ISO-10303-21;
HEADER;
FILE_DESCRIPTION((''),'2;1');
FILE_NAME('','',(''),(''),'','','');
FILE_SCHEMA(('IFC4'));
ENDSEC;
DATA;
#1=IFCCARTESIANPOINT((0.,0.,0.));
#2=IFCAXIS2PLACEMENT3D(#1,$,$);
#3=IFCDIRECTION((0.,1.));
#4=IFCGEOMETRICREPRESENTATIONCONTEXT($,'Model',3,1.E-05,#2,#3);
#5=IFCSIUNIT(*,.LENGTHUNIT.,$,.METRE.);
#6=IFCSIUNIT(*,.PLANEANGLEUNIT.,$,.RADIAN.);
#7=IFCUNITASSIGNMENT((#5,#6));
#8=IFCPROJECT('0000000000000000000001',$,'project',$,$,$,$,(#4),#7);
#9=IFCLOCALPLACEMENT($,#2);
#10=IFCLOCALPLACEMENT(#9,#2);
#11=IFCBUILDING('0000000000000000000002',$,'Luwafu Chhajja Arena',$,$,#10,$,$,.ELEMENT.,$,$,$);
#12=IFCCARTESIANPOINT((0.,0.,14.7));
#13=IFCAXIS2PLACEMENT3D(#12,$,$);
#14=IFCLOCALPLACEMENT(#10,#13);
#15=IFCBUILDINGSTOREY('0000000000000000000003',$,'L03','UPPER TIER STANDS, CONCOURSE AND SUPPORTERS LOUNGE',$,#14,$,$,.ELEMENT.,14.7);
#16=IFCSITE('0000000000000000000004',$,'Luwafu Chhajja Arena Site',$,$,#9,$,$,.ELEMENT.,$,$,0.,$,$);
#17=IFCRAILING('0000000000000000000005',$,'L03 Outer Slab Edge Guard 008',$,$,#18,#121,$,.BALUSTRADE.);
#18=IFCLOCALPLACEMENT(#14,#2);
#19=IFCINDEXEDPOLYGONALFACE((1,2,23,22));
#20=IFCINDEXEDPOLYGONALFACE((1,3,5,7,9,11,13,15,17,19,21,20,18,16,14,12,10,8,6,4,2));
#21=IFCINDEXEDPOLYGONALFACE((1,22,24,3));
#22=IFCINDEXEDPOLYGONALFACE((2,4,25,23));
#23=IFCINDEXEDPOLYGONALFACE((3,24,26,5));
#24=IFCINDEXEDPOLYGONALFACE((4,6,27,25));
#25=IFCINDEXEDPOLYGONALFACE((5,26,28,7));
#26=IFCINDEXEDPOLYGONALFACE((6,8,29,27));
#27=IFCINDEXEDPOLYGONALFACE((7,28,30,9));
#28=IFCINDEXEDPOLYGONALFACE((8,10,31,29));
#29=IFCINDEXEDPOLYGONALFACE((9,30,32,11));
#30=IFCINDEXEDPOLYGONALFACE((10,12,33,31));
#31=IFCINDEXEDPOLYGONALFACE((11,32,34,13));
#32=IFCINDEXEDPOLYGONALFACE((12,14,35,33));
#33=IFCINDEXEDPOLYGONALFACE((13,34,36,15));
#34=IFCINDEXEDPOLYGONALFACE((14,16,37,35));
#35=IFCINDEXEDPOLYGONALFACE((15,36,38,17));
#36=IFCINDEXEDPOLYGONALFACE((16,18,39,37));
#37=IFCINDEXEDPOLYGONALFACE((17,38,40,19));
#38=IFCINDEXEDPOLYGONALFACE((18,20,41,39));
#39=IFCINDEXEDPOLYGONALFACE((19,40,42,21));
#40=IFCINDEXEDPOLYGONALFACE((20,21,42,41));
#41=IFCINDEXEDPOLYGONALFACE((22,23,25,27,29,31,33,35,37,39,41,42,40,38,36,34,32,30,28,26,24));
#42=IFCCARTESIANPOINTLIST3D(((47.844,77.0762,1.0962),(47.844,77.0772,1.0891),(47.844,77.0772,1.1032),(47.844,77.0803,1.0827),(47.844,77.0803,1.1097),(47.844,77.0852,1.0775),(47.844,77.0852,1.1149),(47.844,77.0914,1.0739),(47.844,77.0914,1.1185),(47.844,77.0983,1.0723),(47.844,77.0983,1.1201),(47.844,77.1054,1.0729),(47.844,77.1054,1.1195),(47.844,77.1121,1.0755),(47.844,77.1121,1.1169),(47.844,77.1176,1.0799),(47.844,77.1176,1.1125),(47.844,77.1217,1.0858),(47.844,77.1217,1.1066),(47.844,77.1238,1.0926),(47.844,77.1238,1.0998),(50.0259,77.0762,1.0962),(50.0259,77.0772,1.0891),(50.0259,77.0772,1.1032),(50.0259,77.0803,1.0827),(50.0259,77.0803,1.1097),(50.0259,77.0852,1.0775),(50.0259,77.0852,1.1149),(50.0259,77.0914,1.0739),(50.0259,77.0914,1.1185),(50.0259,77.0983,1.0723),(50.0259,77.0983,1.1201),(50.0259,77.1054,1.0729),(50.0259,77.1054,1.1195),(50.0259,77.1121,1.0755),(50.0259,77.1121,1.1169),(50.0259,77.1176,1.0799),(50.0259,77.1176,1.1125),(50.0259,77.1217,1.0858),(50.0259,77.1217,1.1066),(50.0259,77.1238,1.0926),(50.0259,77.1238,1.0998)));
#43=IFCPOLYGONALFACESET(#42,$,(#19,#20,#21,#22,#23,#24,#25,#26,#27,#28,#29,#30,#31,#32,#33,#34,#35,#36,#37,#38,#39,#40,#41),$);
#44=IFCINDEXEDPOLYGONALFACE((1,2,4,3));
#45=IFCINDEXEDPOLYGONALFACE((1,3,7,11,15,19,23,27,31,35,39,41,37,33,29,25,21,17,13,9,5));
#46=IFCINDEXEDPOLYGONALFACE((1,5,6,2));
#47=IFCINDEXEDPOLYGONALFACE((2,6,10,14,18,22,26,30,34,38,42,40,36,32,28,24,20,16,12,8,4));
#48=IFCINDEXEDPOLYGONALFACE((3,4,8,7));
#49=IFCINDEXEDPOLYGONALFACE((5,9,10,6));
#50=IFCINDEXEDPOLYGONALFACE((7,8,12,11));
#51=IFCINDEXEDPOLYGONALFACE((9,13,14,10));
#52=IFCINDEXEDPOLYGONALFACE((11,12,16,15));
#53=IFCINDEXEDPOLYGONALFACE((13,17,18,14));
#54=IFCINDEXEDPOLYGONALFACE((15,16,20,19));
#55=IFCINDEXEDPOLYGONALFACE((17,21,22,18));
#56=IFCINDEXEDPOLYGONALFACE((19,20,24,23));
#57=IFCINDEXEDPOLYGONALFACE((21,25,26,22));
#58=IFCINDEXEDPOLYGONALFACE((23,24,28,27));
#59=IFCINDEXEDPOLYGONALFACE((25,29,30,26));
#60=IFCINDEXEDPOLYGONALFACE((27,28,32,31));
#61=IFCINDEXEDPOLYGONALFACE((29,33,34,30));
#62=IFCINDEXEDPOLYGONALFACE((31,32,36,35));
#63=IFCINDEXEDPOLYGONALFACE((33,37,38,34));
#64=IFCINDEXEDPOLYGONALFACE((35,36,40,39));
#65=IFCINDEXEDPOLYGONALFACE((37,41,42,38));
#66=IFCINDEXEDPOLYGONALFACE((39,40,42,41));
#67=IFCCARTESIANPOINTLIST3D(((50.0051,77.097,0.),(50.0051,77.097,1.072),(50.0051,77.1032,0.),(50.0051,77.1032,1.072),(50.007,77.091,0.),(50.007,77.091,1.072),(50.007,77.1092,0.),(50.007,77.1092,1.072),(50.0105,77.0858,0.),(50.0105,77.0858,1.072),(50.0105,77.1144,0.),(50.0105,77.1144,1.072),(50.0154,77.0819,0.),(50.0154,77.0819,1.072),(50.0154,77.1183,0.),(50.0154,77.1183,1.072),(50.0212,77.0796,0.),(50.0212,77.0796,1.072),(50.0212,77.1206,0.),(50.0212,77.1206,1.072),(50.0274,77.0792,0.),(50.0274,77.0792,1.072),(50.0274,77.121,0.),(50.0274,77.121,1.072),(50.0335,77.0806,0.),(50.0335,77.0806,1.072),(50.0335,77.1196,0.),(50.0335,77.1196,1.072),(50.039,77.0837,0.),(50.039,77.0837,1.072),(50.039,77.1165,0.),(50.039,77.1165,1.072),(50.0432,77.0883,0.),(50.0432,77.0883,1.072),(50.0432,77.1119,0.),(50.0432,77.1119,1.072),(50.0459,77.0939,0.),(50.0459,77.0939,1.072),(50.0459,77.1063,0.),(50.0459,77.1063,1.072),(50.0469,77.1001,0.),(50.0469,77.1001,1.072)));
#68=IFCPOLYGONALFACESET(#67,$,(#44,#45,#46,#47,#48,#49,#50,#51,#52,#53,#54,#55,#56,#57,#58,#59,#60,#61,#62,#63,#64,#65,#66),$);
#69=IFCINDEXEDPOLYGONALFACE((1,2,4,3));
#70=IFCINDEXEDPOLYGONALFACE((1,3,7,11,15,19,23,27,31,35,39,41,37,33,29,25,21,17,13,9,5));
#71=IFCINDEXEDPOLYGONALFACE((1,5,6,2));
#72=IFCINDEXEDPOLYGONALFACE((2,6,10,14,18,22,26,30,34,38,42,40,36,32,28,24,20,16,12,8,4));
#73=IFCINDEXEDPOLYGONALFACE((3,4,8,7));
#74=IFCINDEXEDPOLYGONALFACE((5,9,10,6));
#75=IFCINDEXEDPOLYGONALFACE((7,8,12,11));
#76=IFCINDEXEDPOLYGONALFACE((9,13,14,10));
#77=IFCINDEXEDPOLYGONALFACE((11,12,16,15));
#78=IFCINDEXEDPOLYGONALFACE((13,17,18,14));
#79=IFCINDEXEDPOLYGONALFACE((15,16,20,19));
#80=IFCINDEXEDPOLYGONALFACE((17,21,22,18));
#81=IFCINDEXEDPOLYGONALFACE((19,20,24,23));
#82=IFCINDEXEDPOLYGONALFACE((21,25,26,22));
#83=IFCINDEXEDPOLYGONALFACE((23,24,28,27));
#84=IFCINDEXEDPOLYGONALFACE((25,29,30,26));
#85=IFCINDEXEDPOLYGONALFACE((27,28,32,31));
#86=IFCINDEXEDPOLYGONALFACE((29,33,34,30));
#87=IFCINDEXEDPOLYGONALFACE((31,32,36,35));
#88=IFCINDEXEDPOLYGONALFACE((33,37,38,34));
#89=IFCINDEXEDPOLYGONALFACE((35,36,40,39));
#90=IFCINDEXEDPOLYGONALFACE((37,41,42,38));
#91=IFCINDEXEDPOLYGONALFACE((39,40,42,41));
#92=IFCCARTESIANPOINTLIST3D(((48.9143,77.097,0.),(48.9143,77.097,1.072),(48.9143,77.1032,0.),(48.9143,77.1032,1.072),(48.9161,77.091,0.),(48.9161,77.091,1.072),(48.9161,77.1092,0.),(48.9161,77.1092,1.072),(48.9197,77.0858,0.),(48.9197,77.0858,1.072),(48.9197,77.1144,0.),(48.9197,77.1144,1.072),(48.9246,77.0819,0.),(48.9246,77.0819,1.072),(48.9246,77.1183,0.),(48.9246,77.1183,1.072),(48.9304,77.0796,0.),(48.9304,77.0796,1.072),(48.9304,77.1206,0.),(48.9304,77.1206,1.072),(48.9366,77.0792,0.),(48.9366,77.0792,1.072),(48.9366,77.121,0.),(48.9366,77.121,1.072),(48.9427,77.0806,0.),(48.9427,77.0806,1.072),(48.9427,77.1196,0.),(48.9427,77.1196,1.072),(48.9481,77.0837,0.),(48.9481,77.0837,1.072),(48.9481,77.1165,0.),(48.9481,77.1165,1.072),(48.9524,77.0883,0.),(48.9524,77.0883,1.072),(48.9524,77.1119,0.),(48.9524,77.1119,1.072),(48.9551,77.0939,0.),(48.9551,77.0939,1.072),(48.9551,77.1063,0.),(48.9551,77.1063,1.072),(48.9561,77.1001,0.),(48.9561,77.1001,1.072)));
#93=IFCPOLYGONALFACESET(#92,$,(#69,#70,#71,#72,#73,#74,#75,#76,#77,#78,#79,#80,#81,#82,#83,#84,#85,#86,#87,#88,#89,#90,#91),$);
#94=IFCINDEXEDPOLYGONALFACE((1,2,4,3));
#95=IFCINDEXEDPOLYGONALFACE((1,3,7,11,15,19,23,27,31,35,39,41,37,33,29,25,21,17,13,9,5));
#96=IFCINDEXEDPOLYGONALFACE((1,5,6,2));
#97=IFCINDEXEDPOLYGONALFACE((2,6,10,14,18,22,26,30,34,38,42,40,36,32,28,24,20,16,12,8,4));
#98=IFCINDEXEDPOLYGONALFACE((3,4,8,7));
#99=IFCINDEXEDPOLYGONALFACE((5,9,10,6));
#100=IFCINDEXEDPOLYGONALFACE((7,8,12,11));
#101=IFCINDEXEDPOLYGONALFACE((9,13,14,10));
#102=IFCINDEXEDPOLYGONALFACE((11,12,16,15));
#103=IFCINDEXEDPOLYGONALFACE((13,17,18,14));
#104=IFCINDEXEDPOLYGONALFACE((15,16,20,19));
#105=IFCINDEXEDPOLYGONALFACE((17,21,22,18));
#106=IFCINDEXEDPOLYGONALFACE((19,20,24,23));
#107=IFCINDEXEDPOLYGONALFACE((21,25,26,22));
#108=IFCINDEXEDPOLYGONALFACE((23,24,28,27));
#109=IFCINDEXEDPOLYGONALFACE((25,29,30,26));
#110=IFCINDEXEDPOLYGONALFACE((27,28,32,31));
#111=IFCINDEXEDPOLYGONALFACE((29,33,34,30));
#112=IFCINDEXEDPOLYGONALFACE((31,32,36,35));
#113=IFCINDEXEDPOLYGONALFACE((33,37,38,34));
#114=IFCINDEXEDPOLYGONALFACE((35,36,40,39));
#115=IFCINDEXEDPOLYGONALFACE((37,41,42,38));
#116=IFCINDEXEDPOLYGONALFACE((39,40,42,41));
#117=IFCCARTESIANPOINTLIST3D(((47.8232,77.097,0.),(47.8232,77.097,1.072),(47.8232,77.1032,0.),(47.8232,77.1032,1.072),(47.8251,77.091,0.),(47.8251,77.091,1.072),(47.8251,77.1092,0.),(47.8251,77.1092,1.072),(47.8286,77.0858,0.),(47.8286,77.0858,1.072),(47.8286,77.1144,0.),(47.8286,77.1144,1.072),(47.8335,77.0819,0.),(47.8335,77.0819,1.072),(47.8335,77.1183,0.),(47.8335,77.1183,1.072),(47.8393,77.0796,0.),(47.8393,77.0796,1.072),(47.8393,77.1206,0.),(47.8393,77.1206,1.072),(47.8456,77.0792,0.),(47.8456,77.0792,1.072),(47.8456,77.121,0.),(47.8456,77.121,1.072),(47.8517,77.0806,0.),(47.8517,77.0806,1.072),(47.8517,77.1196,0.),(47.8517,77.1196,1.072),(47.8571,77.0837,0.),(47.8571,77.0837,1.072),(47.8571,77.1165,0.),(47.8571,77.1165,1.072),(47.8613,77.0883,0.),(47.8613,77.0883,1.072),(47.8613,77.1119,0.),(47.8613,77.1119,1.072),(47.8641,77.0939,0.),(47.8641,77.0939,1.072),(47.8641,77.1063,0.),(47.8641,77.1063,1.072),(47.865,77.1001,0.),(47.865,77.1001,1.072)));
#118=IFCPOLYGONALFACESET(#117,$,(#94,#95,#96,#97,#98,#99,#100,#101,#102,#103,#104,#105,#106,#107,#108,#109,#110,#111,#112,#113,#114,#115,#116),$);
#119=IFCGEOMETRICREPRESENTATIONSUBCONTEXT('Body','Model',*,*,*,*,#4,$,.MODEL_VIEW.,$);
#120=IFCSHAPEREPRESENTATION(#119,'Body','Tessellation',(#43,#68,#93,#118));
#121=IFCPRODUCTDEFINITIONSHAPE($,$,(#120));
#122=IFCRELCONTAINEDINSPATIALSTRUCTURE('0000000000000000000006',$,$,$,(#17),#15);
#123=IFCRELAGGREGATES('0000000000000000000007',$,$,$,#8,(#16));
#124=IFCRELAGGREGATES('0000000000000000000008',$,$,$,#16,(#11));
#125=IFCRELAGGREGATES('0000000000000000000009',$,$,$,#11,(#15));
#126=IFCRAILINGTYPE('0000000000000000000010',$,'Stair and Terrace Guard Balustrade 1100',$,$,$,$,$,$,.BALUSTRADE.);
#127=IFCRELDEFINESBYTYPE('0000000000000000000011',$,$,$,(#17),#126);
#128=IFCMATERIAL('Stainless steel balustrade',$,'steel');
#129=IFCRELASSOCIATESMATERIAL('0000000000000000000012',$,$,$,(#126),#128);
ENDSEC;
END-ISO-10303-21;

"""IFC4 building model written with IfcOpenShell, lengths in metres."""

from ifc_helpers import new_model, si_unit, direction, frame, origin, origin_2d, place, context, subcontext, project, spatial, circle, extrude, material, type_object, element, save


model = new_model("IFC4")

# Units and contexts
model_context = context("Model", 3, precision=1e-05, world=origin(), true_north=direction((0.0, 1.0)))
body_context = subcontext(model_context, "Body", "Model", "MODEL_VIEW")
ifc_project = project(units=[si_unit("LENGTHUNIT", "METRE"), si_unit("PLANEANGLEUNIT", "RADIAN")], contexts=[model_context])

# Site, building, storey
site_placement = place(None, origin())
site = spatial("IfcSite", under=ifc_project, at=site_placement, Name="Luwafu Chhajja Arena Site", CompositionType="ELEMENT", RefElevation=0.0)
building_placement = place(site_placement, origin())
building = spatial("IfcBuilding", under=site, at=building_placement, Name="Luwafu Chhajja Arena", CompositionType="ELEMENT")
storey_placement = place(building_placement, frame((0.0, 0.0, 14.7)))
storey = spatial("IfcBuildingStorey", under=building, at=storey_placement, Name="L03", Description="UPPER TIER STANDS, CONCOURSE AND SUPPORTERS LOUNGE", CompositionType="ELEMENT", Elevation=14.7)

# Railing
ifc_material_1 = material(Name="Stainless steel balustrade", Category="steel")
railing_type = type_object("IfcRailingType", Name="Stair and Terrace Guard Balustrade 1100", PredefinedType="BALUSTRADE", material=ifc_material_1)
railing_placement = place(storey_placement, frame((50.0259, 77.1001, 0.0)))
element("IfcRailing", 1, at=railing_placement, inside=storey, type_object=railing_type, Name="L03 Outer Slab Edge Guard 008", PredefinedType="BALUSTRADE", context=body_context, shape_type="SweptSolid", body=[
    extrude(circle(Radius=0.0239, at=origin_2d()), frame((0.0, 0.0, 1.0962), z_axis=(-1.0, 0.0, 0.0), x_axis=(0.0, -1.0, 0.0)), (0.0, 0.0, 1.0), 2.1819),
    extrude(circle(Radius=0.021, at=origin_2d()), origin(), (0.0, 0.0, 1.0), 1.072),
    extrude(circle(Radius=0.021, at=origin_2d()), frame((-1.0908, 0.0, 0.0)), (0.0, 0.0, 1.0), 1.072),
    extrude(circle(Radius=0.021, at=origin_2d()), frame((-2.1819, 0.0, 0.0)), (0.0, 0.0, 1.0), 1.072),
])

save(model, "model.ifc")
